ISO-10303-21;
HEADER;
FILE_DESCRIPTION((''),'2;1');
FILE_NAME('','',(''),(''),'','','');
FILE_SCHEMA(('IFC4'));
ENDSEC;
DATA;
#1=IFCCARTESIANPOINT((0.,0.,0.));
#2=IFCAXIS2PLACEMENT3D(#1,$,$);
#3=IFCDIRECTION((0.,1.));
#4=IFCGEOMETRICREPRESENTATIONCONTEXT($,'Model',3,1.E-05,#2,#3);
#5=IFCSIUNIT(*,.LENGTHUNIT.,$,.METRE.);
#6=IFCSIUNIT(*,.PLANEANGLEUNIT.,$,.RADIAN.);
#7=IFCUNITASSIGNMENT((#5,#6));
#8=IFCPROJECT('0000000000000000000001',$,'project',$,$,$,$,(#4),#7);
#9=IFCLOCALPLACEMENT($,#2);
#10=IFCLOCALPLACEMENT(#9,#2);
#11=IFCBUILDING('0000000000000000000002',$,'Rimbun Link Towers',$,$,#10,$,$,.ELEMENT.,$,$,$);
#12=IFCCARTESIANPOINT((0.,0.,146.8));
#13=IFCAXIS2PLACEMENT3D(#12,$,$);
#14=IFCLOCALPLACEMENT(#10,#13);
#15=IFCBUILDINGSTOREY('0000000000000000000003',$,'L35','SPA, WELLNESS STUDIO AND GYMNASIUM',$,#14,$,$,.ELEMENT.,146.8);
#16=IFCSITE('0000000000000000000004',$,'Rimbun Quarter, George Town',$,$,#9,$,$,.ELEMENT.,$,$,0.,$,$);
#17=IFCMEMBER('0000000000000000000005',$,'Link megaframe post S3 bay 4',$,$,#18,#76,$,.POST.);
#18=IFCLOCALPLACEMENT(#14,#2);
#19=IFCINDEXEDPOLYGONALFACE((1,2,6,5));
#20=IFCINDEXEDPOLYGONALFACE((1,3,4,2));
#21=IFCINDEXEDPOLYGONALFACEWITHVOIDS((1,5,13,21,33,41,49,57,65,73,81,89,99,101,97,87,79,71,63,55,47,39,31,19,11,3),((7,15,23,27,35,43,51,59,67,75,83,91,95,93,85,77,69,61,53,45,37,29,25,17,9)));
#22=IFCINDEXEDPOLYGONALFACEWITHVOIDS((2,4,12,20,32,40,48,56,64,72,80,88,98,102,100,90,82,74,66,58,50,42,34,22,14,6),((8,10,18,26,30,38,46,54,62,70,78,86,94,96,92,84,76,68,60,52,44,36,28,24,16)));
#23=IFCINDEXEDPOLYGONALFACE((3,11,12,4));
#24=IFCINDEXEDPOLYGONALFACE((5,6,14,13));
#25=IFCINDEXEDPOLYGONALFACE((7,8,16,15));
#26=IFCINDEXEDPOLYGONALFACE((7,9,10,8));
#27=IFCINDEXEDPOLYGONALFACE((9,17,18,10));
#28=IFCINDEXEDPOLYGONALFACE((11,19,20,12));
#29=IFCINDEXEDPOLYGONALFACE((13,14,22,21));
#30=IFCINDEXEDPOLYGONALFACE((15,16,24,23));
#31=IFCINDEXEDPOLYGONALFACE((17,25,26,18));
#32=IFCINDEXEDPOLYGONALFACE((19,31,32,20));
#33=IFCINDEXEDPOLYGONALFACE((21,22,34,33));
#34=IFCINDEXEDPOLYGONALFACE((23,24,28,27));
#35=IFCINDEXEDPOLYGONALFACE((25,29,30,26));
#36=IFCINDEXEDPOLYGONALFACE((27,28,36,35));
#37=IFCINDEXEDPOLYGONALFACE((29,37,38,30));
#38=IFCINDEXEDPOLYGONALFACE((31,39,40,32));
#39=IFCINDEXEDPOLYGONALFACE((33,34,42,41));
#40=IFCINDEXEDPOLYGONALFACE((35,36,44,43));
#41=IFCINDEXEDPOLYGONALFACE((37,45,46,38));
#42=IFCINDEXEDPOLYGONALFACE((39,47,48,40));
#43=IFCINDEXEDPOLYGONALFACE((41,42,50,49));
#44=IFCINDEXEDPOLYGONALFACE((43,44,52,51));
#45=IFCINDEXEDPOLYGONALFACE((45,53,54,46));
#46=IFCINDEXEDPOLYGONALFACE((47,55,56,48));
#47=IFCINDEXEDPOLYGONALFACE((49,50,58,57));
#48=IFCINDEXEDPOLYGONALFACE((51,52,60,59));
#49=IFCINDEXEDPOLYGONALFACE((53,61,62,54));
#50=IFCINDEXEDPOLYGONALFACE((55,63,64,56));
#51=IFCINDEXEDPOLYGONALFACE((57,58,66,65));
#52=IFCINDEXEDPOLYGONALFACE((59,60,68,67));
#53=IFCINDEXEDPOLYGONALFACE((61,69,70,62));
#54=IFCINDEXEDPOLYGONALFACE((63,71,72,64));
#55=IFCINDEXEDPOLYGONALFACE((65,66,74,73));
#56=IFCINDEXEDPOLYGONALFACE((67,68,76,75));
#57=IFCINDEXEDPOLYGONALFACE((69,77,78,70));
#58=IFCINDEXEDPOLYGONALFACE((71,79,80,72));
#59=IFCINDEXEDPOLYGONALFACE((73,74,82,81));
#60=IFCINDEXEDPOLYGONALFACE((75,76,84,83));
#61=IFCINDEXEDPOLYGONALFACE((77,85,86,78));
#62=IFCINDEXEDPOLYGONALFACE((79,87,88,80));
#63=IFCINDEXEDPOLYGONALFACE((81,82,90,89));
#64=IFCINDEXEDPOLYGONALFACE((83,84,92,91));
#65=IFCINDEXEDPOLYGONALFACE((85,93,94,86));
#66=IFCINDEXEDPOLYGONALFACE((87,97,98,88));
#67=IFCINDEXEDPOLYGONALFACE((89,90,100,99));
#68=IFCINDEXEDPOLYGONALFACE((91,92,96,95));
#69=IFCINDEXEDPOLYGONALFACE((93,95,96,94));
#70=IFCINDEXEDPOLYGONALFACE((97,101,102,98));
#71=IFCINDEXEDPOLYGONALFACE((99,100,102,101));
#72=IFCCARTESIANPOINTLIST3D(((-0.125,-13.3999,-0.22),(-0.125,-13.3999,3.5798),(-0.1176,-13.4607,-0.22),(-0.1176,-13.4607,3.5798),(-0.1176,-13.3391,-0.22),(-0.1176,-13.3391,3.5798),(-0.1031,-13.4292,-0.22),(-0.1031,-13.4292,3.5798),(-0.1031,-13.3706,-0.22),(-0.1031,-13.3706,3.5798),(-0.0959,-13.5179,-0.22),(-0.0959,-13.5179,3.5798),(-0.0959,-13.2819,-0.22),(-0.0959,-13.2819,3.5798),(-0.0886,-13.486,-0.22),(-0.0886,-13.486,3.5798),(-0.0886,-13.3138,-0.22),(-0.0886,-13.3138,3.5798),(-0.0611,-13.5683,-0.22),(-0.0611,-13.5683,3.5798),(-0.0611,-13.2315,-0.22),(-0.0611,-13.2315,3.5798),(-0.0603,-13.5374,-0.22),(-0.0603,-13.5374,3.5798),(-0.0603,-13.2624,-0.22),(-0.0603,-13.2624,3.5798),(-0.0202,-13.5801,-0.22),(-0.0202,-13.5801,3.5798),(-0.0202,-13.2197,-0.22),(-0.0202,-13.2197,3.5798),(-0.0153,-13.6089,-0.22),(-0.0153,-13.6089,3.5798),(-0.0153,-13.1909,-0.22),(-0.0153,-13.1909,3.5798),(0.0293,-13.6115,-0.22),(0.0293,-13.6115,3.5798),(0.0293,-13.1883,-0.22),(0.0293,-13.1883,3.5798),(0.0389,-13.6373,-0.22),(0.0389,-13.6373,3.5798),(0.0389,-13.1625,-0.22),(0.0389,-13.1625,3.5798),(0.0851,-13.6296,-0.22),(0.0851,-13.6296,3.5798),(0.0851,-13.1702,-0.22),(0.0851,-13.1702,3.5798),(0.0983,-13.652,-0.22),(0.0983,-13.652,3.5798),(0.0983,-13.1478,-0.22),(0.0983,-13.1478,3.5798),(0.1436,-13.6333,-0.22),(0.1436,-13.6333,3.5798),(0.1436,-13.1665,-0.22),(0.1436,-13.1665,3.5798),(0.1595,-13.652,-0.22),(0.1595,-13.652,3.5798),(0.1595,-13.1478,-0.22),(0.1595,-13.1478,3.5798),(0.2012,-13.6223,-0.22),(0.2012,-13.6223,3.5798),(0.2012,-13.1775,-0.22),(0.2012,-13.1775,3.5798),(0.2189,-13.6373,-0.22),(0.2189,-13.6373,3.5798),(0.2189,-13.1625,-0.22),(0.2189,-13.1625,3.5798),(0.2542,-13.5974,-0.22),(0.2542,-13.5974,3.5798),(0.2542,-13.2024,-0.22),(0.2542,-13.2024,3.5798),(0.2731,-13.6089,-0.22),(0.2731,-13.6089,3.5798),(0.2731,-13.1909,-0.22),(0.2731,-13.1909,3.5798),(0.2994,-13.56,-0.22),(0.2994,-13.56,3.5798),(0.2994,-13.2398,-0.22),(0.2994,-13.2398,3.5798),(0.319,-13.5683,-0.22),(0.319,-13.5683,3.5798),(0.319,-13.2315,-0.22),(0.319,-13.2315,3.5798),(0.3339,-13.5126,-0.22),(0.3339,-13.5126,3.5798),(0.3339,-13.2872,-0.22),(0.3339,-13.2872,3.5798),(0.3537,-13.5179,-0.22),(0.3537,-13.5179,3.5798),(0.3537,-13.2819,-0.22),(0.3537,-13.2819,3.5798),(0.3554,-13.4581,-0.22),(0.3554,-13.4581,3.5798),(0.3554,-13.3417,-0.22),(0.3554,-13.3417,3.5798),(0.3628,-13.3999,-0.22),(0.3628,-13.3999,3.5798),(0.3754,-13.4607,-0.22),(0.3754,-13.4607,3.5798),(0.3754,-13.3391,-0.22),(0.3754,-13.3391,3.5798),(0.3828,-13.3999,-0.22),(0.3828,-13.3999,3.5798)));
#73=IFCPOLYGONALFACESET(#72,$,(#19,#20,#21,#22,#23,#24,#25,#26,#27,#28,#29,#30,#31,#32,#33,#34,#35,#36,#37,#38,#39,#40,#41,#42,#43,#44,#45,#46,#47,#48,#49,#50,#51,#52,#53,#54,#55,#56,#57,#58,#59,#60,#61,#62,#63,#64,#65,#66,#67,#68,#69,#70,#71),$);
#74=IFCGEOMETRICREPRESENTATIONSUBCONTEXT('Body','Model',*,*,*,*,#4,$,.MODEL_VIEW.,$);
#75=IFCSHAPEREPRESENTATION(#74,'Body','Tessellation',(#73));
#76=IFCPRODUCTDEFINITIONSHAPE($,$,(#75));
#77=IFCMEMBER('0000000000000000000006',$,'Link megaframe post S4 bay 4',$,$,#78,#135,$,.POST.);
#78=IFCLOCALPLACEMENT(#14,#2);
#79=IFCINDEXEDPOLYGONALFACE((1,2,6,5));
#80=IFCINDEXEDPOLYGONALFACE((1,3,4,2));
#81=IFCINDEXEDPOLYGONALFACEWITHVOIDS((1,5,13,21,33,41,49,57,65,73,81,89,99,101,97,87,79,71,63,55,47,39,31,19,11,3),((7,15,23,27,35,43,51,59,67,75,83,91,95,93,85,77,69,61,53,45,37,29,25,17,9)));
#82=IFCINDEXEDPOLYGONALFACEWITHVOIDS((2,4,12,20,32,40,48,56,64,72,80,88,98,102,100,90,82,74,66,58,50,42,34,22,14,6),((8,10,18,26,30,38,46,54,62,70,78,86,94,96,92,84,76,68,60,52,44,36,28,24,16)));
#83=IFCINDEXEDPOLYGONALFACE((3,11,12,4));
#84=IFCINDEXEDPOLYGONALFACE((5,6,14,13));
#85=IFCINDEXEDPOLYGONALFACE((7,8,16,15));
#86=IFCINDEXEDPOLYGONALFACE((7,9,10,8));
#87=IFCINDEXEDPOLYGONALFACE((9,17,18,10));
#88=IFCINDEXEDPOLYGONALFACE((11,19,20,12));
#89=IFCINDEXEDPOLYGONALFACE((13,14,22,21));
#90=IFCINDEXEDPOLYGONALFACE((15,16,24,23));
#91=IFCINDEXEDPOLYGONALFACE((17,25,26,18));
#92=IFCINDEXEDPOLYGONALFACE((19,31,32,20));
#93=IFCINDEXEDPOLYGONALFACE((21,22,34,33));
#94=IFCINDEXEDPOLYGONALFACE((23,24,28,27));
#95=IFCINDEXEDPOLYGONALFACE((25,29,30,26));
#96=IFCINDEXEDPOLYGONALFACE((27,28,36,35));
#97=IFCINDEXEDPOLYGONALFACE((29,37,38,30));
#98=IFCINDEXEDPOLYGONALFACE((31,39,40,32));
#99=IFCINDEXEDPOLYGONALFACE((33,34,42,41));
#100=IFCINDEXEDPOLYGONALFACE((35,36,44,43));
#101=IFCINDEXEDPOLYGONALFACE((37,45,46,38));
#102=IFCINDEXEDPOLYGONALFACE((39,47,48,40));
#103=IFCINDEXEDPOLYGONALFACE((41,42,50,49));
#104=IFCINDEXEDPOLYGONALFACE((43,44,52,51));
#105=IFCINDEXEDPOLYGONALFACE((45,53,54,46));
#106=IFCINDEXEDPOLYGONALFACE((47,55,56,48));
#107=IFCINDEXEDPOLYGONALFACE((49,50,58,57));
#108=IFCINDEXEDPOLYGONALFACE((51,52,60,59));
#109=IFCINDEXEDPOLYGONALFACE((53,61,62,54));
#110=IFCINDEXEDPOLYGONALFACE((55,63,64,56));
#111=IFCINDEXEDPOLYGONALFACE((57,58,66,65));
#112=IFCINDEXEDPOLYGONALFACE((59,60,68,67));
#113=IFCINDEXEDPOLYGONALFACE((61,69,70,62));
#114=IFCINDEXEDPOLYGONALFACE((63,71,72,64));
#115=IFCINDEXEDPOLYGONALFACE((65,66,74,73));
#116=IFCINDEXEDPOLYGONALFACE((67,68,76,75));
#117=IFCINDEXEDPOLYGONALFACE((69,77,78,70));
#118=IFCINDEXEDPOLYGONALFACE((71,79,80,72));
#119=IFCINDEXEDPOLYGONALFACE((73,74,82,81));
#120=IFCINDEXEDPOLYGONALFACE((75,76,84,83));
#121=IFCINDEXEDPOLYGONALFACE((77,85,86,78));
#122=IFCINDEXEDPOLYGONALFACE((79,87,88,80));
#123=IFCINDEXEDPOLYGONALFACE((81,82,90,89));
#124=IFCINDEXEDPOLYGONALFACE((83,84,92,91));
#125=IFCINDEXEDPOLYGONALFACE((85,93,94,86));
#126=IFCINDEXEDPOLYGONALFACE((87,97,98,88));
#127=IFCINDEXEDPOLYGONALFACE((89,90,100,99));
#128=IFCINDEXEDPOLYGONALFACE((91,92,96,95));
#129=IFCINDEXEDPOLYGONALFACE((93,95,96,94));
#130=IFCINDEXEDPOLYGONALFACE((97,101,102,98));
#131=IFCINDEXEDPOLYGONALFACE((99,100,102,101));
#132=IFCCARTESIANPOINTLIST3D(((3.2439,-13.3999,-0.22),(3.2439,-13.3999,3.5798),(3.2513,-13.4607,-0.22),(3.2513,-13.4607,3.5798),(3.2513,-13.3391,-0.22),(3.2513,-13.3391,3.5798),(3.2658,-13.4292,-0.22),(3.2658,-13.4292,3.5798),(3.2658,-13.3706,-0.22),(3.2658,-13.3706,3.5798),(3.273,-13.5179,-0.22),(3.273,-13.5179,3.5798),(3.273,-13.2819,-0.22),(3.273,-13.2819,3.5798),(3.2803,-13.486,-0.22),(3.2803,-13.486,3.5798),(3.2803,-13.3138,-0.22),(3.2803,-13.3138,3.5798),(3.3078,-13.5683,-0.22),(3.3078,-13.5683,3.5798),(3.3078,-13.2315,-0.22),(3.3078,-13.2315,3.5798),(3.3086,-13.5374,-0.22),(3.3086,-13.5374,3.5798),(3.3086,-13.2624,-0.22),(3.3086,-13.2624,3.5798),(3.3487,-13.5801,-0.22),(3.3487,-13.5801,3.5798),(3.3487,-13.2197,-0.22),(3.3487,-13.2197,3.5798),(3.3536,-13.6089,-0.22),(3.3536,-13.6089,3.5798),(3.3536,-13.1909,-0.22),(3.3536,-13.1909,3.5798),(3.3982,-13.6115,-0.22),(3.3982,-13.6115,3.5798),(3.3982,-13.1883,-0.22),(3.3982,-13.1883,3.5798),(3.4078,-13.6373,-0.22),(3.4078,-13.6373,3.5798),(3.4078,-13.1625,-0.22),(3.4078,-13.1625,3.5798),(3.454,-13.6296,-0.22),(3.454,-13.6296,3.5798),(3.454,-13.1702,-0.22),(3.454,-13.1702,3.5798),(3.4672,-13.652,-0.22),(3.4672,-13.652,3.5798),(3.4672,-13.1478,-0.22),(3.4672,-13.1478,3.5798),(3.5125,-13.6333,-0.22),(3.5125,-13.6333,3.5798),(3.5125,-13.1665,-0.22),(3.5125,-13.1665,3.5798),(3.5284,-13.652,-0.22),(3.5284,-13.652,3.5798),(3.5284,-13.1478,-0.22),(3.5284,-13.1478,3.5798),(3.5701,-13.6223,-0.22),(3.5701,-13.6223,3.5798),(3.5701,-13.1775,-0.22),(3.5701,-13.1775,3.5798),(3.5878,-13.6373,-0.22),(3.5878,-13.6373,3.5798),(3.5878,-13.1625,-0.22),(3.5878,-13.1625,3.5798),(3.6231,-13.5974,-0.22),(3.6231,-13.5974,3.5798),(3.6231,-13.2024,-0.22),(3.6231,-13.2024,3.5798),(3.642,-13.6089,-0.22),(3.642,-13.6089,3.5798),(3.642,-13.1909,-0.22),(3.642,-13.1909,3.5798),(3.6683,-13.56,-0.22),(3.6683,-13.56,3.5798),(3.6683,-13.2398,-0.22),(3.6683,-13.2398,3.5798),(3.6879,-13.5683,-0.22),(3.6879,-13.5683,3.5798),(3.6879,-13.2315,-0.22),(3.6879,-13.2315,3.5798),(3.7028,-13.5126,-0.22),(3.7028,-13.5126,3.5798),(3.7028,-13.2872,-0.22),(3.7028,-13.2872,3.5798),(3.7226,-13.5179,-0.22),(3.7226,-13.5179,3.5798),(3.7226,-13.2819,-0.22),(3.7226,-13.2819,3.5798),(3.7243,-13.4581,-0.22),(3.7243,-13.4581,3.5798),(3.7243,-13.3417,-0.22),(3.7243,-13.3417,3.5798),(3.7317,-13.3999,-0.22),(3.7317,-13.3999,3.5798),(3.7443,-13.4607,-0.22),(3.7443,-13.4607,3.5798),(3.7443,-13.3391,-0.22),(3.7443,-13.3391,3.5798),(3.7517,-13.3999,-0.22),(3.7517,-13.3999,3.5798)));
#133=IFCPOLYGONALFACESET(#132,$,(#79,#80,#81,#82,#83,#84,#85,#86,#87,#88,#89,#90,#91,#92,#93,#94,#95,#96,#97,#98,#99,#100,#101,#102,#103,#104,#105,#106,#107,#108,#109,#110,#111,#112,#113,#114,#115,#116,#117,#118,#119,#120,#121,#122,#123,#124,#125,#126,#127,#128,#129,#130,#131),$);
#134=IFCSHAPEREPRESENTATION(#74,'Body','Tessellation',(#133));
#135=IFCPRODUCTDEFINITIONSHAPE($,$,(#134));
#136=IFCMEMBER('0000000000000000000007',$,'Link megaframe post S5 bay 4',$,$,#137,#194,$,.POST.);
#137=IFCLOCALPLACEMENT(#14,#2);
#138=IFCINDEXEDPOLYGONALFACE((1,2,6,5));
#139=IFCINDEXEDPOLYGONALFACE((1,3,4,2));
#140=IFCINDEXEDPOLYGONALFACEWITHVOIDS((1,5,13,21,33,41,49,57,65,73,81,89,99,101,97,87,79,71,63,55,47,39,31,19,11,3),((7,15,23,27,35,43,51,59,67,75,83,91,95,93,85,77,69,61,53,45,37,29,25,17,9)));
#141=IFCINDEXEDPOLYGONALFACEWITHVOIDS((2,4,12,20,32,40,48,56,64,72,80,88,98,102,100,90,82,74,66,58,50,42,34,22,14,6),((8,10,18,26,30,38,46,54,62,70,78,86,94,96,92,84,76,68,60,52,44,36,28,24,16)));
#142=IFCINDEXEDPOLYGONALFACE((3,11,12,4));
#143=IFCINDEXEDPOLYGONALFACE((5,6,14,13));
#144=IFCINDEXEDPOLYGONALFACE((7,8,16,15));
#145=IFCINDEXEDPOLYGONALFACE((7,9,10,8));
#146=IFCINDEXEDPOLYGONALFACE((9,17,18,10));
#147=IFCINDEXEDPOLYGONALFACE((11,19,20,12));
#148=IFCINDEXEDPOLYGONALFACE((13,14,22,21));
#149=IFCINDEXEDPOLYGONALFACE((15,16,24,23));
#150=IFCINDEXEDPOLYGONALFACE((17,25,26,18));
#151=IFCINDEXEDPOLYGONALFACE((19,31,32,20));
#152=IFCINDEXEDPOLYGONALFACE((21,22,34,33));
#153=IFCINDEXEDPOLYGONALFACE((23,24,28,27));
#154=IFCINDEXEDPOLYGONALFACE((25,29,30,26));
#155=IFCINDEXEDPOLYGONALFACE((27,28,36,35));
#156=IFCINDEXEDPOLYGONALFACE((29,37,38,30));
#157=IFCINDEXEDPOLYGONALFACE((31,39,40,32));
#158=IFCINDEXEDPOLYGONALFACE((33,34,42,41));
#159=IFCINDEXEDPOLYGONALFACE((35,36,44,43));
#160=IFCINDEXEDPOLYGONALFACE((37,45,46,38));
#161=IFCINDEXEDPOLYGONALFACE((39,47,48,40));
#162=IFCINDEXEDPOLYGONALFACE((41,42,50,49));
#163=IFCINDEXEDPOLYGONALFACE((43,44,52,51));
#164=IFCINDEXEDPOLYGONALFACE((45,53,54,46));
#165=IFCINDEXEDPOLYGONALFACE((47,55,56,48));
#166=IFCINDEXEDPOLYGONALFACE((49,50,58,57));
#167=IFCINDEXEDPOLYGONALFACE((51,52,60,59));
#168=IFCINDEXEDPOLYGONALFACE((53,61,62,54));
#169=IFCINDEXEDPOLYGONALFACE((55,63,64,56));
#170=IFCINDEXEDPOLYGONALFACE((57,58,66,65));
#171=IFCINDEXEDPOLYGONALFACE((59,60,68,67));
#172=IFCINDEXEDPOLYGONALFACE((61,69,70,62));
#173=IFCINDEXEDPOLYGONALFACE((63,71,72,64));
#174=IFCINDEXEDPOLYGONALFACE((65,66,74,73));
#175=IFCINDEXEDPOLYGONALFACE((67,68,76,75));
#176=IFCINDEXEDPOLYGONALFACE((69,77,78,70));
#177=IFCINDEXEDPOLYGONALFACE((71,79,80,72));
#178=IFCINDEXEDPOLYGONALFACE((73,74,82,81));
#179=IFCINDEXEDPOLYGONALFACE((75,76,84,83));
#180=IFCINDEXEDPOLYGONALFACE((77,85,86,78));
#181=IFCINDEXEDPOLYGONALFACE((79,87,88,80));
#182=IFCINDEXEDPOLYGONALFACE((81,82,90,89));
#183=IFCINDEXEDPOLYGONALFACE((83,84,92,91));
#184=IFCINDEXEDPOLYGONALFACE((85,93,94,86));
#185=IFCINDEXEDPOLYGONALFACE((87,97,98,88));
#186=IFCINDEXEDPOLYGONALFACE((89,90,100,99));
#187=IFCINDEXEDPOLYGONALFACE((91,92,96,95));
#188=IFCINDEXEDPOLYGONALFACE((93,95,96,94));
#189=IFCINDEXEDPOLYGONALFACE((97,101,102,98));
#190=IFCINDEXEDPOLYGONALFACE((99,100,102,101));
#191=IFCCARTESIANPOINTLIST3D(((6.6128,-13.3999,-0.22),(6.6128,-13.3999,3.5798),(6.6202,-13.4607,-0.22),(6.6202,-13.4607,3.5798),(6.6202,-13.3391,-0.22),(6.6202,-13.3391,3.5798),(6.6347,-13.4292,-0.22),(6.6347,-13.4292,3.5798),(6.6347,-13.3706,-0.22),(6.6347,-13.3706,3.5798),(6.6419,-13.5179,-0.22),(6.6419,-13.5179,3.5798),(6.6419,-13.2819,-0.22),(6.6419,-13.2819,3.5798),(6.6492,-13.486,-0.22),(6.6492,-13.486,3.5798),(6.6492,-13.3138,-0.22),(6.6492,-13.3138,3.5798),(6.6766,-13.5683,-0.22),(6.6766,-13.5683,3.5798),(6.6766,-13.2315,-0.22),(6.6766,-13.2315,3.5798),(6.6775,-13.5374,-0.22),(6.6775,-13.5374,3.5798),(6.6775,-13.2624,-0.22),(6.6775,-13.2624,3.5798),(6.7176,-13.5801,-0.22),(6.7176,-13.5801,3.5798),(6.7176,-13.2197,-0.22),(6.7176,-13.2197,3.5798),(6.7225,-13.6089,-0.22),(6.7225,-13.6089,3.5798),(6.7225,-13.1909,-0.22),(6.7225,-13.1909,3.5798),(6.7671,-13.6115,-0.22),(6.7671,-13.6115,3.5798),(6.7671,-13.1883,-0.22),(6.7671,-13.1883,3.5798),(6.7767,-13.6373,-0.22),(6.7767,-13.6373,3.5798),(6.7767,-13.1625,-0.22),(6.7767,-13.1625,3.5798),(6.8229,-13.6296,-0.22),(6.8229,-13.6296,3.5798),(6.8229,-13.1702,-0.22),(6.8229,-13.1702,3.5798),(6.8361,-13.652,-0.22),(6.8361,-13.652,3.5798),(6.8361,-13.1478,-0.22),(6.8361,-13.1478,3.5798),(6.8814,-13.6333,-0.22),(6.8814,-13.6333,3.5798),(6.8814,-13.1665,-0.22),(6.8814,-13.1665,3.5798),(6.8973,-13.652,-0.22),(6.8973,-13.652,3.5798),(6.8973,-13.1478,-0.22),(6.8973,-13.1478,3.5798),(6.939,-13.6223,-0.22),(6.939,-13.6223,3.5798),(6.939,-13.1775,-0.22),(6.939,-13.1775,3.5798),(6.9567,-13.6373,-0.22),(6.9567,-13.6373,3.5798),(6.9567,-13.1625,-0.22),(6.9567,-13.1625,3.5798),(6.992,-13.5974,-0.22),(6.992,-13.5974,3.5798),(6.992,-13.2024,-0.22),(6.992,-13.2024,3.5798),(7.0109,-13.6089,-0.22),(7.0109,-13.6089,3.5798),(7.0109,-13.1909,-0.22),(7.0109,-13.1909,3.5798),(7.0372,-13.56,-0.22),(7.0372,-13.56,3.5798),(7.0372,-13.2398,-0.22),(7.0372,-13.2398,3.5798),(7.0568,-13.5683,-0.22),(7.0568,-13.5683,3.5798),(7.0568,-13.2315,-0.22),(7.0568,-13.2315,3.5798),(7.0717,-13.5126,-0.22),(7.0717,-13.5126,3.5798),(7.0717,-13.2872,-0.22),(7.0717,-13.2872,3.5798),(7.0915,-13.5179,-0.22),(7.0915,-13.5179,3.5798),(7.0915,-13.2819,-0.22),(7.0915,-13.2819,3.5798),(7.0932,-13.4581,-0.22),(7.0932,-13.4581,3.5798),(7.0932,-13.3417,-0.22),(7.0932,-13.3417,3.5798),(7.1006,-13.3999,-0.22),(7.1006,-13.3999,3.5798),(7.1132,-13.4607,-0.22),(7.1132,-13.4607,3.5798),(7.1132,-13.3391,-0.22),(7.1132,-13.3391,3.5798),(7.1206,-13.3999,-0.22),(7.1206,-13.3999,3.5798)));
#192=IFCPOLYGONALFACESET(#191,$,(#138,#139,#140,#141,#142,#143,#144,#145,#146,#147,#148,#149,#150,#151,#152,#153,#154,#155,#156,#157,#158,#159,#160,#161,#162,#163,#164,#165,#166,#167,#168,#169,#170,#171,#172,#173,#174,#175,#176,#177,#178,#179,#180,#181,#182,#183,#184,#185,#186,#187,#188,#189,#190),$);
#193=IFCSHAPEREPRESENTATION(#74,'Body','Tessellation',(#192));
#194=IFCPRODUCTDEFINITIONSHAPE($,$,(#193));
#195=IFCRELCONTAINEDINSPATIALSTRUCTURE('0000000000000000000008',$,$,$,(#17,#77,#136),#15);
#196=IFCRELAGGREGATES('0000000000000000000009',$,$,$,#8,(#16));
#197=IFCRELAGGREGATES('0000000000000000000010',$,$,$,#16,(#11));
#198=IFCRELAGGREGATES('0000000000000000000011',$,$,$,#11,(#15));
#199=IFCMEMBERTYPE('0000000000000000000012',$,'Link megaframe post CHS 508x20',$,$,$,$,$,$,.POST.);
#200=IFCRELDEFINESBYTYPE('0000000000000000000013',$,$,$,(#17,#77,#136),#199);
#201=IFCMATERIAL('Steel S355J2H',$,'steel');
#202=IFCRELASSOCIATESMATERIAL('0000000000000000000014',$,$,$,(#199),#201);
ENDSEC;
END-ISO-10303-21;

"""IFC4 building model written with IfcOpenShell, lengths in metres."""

from ifc_helpers import new_model, si_unit, direction, frame, origin, origin_2d, place, context, subcontext, project, spatial, hollow_circle, extrude, material, material_profile, profile_set, type_object, element, save


model = new_model("IFC4")

# Units and contexts
model_context = context("Model", 3, precision=1e-05, world=origin(), true_north=direction((0.0, 1.0)))
body_context = subcontext(model_context, "Body", "Model", "MODEL_VIEW")
ifc_project = project(units=[si_unit("LENGTHUNIT", "METRE"), si_unit("PLANEANGLEUNIT", "RADIAN")], contexts=[model_context])

# Site, building, storey
site_placement = place(None, origin())
site = spatial("IfcSite", under=ifc_project, at=site_placement, Name="Rimbun Quarter, George Town", CompositionType="ELEMENT", RefElevation=0.0)
building_placement = place(site_placement, origin())
building = spatial("IfcBuilding", under=site, at=building_placement, Name="Rimbun Link Towers", CompositionType="ELEMENT")
storey_placement = place(building_placement, frame((0.0, 0.0, 146.8)))
storey = spatial("IfcBuildingStorey", under=building, at=storey_placement, Name="L35", Description="SPA, WELLNESS STUDIO AND GYMNASIUM", CompositionType="ELEMENT", Elevation=146.8)

# Members
ifc_material_1 = material(Name="Steel S355J2H", Category="steel")
ifc_material_profile_1 = material_profile(ifc_material_1, hollow_circle(Radius=0.2539, WallThickness=0.02, at=origin_2d()), Name="CHS 508x20")
ifc_profile_set_1 = profile_set([ifc_material_profile_1], Name="Steel S355J2H")
member_type_1 = type_object("IfcMemberType", Name="Link megaframe post CHS 508x20", PredefinedType="POST", material=ifc_profile_set_1)
for number, where, z_axis, x_axis, name in (
    (1, (0.1289, -13.3999, -0.22), (0.0, 0.0, 1.0), (1.0, 0.0, 0.0), "Link megaframe post S3 bay 4"),
    (2, (3.4978, -13.3999, -0.22), (0.0, 0.0, 1.0), (1.0, 0.0, 0.0), "Link megaframe post S4 bay 4"),
    (3, (6.8667, -13.3999, -0.22), (0.0, 0.0, 1.0), (1.0, 0.0, 0.0), "Link megaframe post S5 bay 4"),
):
    element("IfcMember", number, at=place(storey_placement, frame(where, z_axis=z_axis, x_axis=x_axis)), inside=storey, type_object=member_type_1, Name=name, PredefinedType="POST", context=body_context, shape_type="SweptSolid", body=[
        extrude(hollow_circle(Radius=0.2539, WallThickness=0.02, at=origin_2d()), origin(), (0.0, 0.0, 1.0), 3.7998),
    ])

save(model, "model.ifc")
